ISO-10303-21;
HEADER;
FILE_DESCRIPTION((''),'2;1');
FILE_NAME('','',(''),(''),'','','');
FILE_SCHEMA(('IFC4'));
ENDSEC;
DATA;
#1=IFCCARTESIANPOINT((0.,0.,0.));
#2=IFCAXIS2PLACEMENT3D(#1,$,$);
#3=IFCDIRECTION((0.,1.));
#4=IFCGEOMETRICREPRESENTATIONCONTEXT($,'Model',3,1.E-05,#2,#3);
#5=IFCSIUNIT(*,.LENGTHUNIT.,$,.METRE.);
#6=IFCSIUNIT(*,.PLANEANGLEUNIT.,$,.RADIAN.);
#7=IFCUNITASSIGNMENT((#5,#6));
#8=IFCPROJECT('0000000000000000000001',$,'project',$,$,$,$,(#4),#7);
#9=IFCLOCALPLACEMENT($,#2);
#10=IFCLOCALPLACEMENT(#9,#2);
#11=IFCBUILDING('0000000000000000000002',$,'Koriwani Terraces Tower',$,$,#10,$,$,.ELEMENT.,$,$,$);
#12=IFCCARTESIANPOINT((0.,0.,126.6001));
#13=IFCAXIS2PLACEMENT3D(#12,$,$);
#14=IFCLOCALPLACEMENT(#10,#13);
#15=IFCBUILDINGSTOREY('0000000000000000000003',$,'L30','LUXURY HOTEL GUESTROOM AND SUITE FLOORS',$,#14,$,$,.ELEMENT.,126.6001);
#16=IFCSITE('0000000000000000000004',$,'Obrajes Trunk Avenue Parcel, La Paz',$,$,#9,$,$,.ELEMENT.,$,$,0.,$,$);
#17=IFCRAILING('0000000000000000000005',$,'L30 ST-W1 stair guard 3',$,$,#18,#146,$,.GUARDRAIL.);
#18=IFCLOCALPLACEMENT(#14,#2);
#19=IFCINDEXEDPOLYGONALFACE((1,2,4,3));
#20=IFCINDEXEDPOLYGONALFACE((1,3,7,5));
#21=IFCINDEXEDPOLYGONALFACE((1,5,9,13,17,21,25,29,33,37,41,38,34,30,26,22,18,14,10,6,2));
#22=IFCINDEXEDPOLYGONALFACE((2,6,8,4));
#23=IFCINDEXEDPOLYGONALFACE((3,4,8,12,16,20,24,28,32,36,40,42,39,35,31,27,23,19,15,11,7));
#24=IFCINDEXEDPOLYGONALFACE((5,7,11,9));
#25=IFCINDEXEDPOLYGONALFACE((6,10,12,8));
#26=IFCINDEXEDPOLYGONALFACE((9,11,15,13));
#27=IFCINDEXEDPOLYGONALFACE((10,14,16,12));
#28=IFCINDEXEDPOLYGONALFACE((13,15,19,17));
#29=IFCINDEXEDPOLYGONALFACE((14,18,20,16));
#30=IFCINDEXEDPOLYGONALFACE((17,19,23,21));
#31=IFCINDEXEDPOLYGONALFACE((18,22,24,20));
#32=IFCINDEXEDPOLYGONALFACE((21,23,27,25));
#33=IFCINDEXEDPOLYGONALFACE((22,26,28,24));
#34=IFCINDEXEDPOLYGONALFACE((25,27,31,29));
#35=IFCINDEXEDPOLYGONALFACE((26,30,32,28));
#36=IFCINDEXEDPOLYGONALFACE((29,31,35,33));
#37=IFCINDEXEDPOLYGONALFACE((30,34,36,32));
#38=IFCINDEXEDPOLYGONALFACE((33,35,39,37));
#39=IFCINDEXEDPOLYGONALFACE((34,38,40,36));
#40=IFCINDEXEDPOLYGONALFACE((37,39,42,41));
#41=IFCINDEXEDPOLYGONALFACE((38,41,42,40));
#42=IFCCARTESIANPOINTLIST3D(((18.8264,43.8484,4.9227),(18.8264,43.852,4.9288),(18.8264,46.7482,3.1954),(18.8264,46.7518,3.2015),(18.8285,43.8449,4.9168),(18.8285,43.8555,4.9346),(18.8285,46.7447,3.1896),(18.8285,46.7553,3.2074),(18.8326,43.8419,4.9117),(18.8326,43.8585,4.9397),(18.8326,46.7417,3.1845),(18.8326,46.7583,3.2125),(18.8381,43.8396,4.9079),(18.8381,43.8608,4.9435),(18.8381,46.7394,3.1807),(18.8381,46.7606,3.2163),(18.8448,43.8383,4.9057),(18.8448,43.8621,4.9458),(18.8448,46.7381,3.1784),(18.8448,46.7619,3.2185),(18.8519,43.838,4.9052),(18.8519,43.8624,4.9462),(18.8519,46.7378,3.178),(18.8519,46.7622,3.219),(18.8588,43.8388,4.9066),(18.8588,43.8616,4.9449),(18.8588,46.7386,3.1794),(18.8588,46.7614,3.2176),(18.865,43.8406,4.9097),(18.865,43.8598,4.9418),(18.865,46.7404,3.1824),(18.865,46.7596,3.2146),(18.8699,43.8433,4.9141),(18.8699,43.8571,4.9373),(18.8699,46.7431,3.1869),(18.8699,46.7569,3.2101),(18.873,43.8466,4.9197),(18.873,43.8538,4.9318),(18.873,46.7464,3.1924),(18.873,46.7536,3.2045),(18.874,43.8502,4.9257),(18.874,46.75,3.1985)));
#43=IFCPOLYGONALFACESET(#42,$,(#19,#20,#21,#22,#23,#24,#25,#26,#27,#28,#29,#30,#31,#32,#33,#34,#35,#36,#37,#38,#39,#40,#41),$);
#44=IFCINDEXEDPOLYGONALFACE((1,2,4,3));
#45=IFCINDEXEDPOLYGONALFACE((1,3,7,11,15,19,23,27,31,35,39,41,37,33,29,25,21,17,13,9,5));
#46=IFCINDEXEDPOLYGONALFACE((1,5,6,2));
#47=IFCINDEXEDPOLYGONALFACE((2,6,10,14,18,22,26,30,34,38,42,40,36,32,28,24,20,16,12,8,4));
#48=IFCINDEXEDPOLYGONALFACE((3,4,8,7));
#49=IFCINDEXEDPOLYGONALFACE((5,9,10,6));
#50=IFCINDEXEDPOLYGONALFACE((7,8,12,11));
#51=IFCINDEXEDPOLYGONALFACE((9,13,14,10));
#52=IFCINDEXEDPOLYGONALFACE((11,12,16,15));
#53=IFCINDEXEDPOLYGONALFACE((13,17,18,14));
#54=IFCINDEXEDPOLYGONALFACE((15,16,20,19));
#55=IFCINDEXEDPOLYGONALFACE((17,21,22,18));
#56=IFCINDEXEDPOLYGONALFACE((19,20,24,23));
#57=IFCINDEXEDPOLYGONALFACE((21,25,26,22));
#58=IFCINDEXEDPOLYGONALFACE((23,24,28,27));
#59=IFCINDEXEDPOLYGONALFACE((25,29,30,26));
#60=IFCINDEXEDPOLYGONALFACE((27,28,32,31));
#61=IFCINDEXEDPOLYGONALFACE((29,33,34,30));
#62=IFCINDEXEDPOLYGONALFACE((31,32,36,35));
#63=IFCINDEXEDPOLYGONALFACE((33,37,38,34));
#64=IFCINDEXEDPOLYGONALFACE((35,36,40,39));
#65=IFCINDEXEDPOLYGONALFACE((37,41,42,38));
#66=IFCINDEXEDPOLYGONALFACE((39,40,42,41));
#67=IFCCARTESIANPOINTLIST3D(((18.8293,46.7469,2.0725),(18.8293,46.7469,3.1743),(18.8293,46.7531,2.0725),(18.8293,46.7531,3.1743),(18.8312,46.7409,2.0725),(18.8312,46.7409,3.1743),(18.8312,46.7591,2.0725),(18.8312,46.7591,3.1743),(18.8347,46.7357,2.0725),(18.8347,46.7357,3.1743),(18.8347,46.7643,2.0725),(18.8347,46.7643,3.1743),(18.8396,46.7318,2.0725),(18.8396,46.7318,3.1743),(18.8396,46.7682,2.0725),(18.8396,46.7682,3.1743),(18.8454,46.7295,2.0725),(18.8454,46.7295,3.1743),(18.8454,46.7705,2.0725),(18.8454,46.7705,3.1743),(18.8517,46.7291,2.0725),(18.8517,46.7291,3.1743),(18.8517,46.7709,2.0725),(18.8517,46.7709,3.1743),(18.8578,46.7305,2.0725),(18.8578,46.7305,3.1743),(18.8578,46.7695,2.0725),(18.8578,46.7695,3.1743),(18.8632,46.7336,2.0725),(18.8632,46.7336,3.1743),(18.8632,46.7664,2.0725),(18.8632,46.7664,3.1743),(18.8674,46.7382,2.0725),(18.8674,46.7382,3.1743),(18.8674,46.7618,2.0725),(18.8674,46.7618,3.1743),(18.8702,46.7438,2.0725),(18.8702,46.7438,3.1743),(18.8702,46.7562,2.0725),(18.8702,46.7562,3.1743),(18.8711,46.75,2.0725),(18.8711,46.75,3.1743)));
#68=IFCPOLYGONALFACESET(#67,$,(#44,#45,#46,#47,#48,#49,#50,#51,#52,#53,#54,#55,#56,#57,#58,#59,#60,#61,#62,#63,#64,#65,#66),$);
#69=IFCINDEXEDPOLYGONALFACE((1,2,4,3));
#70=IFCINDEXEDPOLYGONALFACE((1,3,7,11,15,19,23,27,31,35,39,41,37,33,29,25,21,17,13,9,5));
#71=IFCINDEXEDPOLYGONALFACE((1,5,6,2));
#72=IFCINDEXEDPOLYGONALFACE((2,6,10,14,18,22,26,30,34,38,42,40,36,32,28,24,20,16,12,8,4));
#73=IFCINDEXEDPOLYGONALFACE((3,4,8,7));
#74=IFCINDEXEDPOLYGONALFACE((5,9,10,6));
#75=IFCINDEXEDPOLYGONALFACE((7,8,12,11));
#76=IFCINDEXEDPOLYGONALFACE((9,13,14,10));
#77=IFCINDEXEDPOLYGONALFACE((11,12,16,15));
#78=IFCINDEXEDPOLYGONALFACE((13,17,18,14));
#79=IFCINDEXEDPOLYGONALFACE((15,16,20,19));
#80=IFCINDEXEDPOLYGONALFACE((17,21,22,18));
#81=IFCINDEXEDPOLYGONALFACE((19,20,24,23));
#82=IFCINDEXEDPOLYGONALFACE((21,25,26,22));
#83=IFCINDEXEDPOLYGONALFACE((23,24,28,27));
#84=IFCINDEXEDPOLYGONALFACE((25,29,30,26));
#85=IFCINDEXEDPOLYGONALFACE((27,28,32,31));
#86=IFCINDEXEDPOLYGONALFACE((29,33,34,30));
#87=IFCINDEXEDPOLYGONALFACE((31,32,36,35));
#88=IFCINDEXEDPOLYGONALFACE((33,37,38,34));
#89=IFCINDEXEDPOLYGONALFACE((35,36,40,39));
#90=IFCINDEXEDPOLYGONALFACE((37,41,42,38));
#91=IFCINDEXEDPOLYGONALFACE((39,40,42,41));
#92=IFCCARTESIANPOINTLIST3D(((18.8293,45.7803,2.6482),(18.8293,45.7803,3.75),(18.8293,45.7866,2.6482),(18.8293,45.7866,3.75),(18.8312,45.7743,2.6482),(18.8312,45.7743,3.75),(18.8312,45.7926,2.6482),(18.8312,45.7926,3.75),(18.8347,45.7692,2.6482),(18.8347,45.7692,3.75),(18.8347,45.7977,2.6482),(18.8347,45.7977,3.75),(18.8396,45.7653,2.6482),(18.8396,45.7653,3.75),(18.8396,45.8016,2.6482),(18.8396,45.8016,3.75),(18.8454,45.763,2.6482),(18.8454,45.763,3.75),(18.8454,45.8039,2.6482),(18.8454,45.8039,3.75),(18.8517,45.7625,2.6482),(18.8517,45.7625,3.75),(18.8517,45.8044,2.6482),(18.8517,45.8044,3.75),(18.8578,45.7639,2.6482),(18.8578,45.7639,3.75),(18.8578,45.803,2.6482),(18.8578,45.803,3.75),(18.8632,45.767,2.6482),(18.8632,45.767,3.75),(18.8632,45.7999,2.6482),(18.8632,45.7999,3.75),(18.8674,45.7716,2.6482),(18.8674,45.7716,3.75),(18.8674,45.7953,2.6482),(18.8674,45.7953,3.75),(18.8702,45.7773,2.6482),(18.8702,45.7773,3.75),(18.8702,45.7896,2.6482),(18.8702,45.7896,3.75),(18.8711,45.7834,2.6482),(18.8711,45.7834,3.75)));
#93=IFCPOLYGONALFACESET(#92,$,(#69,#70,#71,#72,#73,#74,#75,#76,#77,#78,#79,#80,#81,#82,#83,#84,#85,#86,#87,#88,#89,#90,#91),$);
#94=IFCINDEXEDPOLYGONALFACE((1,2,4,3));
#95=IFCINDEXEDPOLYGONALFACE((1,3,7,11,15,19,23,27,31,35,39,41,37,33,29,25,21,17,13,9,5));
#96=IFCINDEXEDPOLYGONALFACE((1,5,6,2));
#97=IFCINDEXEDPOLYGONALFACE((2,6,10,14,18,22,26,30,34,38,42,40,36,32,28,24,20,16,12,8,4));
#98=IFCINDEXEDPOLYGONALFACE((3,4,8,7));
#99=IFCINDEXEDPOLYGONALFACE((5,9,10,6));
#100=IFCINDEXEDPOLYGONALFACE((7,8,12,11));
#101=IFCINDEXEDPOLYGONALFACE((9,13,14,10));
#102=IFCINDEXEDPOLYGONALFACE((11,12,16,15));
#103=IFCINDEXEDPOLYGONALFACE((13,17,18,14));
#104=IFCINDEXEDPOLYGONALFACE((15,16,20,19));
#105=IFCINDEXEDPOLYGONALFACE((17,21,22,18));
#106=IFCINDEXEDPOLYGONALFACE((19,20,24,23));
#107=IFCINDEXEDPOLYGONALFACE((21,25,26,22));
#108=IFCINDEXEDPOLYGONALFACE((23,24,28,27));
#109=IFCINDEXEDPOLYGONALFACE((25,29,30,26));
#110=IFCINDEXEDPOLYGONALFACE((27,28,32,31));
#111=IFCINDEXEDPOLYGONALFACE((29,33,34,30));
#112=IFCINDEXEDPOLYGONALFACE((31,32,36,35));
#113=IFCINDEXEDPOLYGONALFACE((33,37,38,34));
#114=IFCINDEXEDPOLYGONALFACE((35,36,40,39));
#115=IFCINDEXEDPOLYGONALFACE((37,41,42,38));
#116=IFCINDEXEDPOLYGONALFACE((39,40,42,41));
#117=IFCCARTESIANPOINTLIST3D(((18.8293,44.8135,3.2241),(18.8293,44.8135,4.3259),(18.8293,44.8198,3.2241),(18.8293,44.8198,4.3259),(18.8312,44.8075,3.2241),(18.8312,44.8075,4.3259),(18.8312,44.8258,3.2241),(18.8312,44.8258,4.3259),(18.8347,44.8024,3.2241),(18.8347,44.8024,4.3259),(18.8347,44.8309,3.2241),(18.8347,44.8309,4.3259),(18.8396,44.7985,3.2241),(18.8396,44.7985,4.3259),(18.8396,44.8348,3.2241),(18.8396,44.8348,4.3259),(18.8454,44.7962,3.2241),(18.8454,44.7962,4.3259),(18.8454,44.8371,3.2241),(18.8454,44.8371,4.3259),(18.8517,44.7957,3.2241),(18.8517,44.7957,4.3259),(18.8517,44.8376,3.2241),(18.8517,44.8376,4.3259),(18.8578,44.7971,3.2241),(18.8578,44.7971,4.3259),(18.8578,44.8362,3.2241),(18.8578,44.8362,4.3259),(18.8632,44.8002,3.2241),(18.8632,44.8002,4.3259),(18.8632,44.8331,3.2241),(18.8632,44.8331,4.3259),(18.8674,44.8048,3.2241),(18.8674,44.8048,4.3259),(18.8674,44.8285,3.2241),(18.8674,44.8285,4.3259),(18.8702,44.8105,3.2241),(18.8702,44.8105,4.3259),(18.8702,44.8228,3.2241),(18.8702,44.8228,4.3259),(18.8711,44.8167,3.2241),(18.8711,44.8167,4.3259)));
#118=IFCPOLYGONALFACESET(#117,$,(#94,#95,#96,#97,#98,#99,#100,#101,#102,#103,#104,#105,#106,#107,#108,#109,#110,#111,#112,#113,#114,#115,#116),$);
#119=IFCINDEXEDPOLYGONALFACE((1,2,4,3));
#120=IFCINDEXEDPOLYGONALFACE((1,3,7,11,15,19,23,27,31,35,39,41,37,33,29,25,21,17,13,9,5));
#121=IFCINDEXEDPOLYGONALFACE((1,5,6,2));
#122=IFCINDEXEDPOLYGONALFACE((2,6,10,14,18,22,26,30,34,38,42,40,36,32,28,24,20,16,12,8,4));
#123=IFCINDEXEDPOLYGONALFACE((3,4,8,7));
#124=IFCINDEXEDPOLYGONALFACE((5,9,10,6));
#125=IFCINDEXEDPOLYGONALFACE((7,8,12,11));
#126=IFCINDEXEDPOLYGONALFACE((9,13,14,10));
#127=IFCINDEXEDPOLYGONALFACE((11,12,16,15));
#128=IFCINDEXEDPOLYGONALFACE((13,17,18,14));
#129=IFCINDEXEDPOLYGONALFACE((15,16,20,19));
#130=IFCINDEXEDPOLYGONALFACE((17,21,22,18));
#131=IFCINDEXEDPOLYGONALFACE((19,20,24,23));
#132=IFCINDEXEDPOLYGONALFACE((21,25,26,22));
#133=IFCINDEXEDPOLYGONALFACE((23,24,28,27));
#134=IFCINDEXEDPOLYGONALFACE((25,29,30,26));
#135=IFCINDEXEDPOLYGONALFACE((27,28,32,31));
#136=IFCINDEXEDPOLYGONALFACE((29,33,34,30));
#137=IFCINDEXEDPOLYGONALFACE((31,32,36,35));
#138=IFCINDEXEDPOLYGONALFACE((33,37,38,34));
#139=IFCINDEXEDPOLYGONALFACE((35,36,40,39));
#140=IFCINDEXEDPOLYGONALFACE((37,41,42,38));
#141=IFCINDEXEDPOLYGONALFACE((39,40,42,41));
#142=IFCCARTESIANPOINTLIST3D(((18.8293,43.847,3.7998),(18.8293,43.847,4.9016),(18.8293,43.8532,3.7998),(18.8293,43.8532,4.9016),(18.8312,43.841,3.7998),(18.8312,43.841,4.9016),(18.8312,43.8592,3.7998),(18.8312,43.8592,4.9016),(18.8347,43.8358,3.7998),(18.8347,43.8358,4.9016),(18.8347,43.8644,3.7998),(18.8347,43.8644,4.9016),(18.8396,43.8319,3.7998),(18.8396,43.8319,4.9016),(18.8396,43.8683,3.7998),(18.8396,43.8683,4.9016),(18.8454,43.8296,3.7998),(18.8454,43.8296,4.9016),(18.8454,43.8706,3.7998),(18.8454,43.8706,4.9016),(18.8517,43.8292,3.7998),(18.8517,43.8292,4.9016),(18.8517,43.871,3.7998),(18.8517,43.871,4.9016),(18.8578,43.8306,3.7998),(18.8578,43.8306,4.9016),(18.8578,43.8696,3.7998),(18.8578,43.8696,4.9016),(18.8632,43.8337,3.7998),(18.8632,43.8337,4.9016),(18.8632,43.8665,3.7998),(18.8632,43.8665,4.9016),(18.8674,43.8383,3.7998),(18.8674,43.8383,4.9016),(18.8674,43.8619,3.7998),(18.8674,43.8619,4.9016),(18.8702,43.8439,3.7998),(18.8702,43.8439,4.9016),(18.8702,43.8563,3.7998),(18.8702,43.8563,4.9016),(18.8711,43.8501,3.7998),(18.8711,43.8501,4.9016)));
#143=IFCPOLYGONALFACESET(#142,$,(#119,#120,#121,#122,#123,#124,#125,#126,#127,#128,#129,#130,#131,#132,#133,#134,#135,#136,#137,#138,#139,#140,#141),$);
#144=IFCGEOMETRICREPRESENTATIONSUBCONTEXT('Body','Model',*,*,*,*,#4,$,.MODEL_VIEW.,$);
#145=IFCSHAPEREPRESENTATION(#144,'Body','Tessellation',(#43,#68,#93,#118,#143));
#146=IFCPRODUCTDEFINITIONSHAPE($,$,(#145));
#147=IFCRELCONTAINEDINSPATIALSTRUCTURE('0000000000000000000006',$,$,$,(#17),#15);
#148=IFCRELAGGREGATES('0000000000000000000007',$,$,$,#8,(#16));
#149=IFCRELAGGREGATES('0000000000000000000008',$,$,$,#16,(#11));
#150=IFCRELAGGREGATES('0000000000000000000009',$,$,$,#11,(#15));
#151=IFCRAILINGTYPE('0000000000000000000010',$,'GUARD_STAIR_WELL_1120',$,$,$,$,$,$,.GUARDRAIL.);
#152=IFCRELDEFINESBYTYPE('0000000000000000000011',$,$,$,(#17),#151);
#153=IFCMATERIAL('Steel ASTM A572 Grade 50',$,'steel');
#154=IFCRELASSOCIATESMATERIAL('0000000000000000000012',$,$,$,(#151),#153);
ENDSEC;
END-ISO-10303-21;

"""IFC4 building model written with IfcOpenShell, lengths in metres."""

from ifc_helpers import new_model, si_unit, direction, frame, origin, origin_2d, place, context, subcontext, project, spatial, circle, extrude, material, type_object, element, save


model = new_model("IFC4")

# Units and contexts
model_context = context("Model", 3, precision=1e-05, world=origin(), true_north=direction((0.0, 1.0)))
body_context = subcontext(model_context, "Body", "Model", "MODEL_VIEW")
ifc_project = project(units=[si_unit("LENGTHUNIT", "METRE"), si_unit("PLANEANGLEUNIT", "RADIAN")], contexts=[model_context])

# Site, building, storey
site_placement = place(None, origin())
site = spatial("IfcSite", under=ifc_project, at=site_placement, Name="Obrajes Trunk Avenue Parcel, La Paz", CompositionType="ELEMENT", RefElevation=0.0)
building_placement = place(site_placement, origin())
building = spatial("IfcBuilding", under=site, at=building_placement, Name="Koriwani Terraces Tower", CompositionType="ELEMENT")
storey_placement = place(building_placement, frame((0.0, 0.0, 126.6001)))
storey = spatial("IfcBuildingStorey", under=building, at=storey_placement, Name="L30", Description="LUXURY HOTEL GUESTROOM AND SUITE FLOORS", CompositionType="ELEMENT", Elevation=126.6001)

# Shared definitions
ifc_material_1 = material(Name="Steel ASTM A572 Grade 50", Category="steel")

# Railing
railing_type_1 = type_object("IfcRailingType", Name="GUARD_STAIR_WELL_1120", PredefinedType="GUARDRAIL", material=ifc_material_1)
railing_1_placement = place(storey_placement, frame((18.8501, 46.75, 2.0725)))
element("IfcRailing", 1, at=railing_1_placement, inside=storey, type_object=railing_type_1, Name="L30 ST-W1 stair guard 3", PredefinedType="GUARDRAIL", context=body_context, shape_type="SweptSolid", body=[
    extrude(circle(Radius=0.0239, at=origin_2d()), frame((0.0, 0.0, 1.126), z_axis=(0.0, -0.859141, 0.511738), x_axis=(1.0, 0.0, 0.0)), (0.0, 0.0, 1.0), 3.3752),
    extrude(circle(Radius=0.021, at=origin_2d()), origin(), (0.0, 0.0, 1.0), 1.1018),
    extrude(circle(Radius=0.021, at=origin_2d()), frame((0.0, -0.9666, 0.5757)), (0.0, 0.0, 1.0), 1.1018),
    extrude(circle(Radius=0.021, at=origin_2d()), frame((0.0, -1.9333, 1.1516)), (0.0, 0.0, 1.0), 1.1018),
    extrude(circle(Radius=0.021, at=origin_2d()), frame((0.0, -2.8999, 1.7273)), (0.0, 0.0, 1.0), 1.1018),
])

save(model, "model.ifc")
